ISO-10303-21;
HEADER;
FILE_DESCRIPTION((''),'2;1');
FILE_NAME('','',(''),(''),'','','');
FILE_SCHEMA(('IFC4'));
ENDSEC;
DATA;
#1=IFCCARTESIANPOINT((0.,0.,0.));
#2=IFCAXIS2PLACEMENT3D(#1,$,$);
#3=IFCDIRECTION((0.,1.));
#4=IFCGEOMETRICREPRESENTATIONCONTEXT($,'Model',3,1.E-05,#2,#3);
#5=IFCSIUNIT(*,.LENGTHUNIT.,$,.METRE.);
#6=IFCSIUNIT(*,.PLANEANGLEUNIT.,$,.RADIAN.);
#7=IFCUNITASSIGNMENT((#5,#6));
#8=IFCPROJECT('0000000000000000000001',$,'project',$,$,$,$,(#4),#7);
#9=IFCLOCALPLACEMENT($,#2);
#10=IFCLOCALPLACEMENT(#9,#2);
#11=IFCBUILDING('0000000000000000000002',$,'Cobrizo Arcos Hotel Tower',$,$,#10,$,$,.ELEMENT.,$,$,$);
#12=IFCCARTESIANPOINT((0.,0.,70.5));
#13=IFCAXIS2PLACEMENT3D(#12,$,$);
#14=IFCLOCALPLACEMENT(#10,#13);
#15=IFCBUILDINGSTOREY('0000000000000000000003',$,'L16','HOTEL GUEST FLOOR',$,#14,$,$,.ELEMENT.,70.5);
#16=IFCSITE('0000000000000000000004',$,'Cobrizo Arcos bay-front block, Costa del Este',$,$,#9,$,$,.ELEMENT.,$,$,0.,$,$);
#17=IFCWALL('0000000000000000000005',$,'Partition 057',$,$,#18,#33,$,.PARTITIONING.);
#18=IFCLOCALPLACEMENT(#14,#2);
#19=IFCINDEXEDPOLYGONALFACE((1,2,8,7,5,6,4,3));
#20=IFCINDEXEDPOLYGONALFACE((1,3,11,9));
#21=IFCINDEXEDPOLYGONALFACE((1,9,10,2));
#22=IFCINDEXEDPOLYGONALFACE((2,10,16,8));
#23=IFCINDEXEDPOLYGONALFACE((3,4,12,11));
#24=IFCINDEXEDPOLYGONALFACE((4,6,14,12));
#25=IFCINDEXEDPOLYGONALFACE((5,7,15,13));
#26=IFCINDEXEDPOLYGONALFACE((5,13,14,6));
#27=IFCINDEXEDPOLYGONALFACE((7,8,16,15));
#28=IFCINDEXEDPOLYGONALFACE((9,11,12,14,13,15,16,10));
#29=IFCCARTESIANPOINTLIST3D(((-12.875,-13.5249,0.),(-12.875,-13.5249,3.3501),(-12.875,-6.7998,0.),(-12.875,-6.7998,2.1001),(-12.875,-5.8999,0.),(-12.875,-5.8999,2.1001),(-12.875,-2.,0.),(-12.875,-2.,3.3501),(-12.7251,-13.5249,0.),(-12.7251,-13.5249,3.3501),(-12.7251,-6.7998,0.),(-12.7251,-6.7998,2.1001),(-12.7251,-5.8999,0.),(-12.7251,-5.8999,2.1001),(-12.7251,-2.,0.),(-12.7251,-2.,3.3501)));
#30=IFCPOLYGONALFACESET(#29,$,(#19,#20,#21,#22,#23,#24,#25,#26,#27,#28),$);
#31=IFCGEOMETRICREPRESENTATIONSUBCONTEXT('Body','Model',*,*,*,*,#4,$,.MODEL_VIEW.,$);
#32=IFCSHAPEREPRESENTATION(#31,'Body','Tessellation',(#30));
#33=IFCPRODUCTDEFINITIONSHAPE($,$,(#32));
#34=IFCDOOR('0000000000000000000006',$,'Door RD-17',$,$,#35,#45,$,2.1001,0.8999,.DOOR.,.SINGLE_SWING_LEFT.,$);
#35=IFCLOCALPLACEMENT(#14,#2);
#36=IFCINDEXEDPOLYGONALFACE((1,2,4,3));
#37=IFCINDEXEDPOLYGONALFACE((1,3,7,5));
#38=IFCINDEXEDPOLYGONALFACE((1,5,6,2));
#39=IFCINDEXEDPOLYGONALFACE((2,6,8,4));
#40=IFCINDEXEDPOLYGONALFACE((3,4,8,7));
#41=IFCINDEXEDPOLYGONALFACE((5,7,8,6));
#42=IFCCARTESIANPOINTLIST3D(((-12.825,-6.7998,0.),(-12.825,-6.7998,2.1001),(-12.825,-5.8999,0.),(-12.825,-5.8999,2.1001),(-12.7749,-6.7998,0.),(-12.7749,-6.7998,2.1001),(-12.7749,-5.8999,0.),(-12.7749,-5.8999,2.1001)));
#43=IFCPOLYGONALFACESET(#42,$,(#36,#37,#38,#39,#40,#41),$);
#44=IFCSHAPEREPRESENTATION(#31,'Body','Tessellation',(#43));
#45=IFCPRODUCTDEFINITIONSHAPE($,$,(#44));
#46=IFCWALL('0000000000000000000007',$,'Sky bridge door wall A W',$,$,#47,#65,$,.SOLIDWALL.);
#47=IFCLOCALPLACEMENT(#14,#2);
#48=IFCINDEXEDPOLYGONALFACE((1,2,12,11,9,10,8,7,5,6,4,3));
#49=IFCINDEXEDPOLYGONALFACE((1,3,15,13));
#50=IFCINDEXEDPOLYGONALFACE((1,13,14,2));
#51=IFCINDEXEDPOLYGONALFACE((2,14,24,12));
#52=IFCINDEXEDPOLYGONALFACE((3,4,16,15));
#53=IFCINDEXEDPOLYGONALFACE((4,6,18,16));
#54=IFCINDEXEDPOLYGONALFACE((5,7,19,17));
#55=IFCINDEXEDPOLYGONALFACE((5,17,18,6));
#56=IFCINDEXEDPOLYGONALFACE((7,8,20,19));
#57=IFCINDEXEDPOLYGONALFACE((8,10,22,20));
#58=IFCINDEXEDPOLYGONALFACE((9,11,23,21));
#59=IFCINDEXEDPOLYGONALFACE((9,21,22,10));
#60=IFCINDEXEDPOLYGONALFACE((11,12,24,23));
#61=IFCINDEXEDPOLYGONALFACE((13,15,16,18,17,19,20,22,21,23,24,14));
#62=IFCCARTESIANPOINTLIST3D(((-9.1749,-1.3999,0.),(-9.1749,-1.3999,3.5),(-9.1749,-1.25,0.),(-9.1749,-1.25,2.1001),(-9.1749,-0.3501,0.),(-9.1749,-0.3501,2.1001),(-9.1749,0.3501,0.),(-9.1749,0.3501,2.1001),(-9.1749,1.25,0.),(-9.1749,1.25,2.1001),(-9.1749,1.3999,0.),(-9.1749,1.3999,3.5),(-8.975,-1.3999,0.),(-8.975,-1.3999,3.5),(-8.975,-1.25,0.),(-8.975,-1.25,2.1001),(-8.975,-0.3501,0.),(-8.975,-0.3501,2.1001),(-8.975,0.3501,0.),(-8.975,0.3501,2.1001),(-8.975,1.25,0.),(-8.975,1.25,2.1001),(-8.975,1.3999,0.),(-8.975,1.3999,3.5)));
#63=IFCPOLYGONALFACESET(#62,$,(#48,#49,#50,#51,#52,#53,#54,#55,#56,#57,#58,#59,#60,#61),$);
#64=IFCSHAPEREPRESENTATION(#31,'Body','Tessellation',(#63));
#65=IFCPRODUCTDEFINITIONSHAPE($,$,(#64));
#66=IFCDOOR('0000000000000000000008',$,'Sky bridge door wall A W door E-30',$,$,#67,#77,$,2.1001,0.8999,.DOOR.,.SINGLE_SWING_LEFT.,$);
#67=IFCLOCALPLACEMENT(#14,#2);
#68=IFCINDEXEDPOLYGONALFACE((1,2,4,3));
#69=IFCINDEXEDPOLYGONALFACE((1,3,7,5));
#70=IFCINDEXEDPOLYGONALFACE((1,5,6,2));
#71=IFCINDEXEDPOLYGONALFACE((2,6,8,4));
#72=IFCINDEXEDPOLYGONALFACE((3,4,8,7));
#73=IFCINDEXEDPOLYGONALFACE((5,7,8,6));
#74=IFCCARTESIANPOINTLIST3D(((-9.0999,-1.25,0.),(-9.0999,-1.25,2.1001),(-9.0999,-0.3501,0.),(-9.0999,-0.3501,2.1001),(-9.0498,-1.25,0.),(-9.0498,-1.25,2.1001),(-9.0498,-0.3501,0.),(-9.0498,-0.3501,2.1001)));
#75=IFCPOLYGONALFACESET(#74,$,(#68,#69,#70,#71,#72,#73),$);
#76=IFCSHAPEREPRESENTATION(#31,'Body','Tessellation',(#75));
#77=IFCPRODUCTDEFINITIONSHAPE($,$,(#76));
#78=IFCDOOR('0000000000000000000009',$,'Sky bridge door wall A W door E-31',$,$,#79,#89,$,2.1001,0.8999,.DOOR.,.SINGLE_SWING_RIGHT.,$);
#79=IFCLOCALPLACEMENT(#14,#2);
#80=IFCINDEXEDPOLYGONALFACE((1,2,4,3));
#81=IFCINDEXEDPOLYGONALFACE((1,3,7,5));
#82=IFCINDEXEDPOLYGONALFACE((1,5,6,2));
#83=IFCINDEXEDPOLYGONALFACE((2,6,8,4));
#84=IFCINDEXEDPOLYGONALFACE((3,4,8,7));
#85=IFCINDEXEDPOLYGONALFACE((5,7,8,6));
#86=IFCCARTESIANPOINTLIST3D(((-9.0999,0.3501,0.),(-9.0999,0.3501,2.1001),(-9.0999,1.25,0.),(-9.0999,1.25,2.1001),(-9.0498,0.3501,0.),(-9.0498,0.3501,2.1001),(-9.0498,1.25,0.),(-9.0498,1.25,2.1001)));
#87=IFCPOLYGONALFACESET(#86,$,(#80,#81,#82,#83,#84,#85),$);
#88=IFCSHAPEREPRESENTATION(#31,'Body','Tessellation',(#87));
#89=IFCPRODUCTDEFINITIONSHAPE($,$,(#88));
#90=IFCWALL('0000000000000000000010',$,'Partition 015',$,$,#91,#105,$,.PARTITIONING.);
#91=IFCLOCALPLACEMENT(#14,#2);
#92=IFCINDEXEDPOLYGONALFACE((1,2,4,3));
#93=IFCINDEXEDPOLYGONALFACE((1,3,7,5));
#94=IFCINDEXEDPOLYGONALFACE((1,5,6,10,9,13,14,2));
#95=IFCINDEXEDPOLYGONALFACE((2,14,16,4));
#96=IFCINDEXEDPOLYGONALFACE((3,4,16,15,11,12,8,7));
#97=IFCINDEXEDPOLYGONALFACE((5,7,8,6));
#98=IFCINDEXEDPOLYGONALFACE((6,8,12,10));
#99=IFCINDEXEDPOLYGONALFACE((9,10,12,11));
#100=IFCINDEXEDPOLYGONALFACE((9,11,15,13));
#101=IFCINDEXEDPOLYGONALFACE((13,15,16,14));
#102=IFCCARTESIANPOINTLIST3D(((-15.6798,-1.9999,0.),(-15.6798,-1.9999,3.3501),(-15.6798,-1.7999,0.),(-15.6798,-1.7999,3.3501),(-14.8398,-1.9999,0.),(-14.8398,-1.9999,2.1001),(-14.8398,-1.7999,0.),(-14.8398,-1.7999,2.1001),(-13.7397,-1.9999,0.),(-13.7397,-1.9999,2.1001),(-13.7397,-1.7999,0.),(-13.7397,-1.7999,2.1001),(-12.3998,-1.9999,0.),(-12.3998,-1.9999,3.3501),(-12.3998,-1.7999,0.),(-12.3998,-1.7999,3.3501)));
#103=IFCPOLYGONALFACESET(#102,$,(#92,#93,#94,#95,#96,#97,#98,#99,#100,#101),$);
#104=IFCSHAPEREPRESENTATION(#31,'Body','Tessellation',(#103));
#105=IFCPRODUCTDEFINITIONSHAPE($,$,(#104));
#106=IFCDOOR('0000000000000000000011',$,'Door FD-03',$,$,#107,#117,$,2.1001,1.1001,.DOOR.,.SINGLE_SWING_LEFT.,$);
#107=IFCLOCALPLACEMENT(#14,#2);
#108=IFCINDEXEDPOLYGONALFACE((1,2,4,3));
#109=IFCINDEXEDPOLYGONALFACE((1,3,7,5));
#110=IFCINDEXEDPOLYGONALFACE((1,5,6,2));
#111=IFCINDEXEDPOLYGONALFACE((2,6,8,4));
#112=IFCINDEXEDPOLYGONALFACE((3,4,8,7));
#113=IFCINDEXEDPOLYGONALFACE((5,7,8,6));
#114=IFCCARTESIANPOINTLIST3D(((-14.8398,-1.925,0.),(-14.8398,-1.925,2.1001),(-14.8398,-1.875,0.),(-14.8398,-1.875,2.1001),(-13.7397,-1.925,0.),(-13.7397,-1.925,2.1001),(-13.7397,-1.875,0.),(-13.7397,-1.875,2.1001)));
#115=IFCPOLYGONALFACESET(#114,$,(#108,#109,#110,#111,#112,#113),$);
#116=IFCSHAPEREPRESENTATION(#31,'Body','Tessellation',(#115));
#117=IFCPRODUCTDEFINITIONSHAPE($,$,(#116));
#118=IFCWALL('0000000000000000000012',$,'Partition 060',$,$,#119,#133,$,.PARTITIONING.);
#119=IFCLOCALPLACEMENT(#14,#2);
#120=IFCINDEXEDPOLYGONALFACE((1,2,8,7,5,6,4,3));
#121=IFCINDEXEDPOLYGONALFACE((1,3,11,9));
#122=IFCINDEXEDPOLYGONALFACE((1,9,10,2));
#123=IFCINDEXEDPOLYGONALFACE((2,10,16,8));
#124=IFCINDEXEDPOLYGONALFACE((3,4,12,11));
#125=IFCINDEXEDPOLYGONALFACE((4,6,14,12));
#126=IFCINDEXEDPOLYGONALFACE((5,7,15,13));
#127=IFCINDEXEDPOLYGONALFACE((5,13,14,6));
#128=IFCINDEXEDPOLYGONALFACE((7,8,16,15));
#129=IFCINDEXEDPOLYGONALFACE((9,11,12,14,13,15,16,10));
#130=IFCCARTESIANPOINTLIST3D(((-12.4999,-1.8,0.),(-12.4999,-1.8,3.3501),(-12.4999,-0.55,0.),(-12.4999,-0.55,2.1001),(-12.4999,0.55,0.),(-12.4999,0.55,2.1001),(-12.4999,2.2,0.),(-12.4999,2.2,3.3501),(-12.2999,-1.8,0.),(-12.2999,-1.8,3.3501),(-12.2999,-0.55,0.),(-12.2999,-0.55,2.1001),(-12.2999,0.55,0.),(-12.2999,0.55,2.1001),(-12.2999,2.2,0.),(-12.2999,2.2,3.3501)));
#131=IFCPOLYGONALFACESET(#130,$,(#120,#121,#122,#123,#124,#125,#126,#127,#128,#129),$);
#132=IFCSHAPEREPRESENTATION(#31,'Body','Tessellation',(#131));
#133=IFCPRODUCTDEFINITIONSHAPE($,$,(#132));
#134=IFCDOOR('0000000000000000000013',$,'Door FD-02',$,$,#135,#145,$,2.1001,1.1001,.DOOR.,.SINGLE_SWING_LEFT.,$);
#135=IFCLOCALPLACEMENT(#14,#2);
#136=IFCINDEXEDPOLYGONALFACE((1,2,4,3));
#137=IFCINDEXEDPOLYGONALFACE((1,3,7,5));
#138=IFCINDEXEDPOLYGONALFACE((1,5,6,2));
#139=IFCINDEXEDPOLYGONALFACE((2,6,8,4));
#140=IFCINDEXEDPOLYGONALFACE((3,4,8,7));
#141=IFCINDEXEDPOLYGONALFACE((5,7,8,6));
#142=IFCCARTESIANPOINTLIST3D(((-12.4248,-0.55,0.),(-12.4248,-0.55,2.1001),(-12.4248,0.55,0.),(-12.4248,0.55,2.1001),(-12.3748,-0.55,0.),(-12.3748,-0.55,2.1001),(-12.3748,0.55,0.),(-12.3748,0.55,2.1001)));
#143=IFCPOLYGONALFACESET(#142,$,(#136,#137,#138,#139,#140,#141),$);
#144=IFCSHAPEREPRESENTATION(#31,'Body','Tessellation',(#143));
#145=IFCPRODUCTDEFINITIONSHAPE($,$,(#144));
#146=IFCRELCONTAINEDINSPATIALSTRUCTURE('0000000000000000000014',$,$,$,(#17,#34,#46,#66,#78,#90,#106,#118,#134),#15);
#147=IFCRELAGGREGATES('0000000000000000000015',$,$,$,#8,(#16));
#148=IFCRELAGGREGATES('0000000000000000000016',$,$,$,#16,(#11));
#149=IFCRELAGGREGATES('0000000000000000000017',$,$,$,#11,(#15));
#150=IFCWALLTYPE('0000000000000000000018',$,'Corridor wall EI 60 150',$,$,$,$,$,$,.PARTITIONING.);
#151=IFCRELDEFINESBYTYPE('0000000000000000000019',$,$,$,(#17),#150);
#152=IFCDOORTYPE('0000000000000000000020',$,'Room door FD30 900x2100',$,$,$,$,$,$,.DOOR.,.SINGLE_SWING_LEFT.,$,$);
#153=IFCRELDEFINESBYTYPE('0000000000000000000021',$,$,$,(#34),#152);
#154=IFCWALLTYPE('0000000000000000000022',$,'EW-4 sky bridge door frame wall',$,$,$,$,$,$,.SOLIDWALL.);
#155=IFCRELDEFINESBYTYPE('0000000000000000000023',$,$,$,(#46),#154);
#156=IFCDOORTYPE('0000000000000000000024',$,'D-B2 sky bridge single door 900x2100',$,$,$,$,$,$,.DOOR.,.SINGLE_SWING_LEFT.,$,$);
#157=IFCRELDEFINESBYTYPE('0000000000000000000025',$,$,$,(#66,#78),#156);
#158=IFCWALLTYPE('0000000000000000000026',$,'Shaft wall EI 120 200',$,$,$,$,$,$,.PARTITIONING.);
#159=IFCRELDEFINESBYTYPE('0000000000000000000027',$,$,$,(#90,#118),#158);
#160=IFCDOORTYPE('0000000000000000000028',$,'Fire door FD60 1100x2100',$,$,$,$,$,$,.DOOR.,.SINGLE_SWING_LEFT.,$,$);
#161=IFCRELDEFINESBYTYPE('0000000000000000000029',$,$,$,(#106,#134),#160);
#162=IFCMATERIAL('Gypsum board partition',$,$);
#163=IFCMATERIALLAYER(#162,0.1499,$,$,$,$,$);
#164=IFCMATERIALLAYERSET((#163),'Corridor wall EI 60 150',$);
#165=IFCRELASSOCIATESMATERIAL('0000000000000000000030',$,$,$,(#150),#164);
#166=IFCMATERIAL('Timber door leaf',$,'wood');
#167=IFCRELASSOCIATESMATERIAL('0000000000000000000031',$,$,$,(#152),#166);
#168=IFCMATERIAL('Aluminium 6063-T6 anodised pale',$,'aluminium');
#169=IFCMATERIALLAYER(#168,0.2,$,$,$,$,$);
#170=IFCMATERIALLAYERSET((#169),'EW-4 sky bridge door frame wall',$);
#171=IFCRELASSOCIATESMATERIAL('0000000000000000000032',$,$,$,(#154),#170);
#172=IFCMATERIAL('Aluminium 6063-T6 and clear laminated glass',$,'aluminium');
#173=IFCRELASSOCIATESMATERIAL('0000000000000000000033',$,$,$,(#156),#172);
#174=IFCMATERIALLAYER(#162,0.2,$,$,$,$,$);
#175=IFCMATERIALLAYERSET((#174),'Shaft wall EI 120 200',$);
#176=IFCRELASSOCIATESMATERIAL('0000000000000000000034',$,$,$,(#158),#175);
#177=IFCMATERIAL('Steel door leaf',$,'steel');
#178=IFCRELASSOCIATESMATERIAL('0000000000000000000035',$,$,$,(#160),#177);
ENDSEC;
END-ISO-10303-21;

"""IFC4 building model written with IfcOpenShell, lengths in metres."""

from ifc_helpers import new_model, si_unit, direction, frame, frame_2d, origin, place, context, subcontext, project, spatial, rectangle, extrude, material, layer, layer_set, type_object, element, fill, save


model = new_model("IFC4")

# Units and contexts
model_context = context("Model", 3, precision=1e-05, world=origin(), true_north=direction((0.0, 1.0)))
body_context = subcontext(model_context, "Body", "Model", "MODEL_VIEW")
ifc_project = project(units=[si_unit("LENGTHUNIT", "METRE"), si_unit("PLANEANGLEUNIT", "RADIAN")], contexts=[model_context])

# Site, building, storey
site_placement = place(None, origin())
site = spatial("IfcSite", under=ifc_project, at=site_placement, Name="Cobrizo Arcos bay-front block, Costa del Este", CompositionType="ELEMENT", RefElevation=0.0)
building_placement = place(site_placement, origin())
building = spatial("IfcBuilding", under=site, at=building_placement, Name="Cobrizo Arcos Hotel Tower", CompositionType="ELEMENT")
storey_placement = place(building_placement, frame((0.0, 0.0, 70.5)))
storey = spatial("IfcBuildingStorey", under=building, at=storey_placement, Name="L16", Description="HOTEL GUEST FLOOR", CompositionType="ELEMENT", Elevation=70.5)

# Shared definitions
ifc_material_1 = material(Name="Gypsum board partition")
ifc_layer_1 = layer(ifc_material_1, 0.1499)
ifc_layer_set_1 = layer_set([ifc_layer_1], Name="Corridor wall EI 60 150")
wall_type_1 = type_object("IfcWallType", Name="Corridor wall EI 60 150", PredefinedType="PARTITIONING", material=ifc_layer_set_1)

# Wall, opening, door
wall_1_placement = place(storey_placement, frame((-12.8, -13.5249, 0.0), z_axis=(0.0, 0.0, 1.0), x_axis=(0.0, 1.0, 0.0)))
wall_1 = element("IfcWall", 1, at=wall_1_placement, inside=storey, type_object=wall_type_1, Name="Partition 057", PredefinedType="PARTITIONING", context=body_context, shape_type="SweptSolid", body=[
    extrude(rectangle(XDim=11.5249, YDim=0.1499, at=frame_2d((5.7625, 0.0))), origin(), (0.0, 0.0, 1.0), 3.3501),
])
opening_1_placement = place(wall_1_placement, frame((6.7251, 0.0, 0.0)))
opening_1 = element("IfcOpeningElement", 2, at=opening_1_placement, cuts=wall_1, PredefinedType="OPENING", context=body_context, shape_type="SweptSolid", body=[
    extrude(rectangle(XDim=0.8999, YDim=2.1001, at=frame_2d((0.45, 1.05))), frame((0.0, 0.0869, 0.0), z_axis=(0.0, -1.0, 0.0), x_axis=(1.0, 0.0, 0.0)), (0.0, 0.0, 1.0), 0.1738),
])
ifc_material_2 = material(Name="Timber door leaf", Category="wood")
door_type_1 = type_object("IfcDoorType", Name="Room door FD30 900x2100", OperationType="SINGLE_SWING_LEFT", PredefinedType="DOOR", material=ifc_material_2)
door_1_placement = place(opening_1_placement, origin())
door_1 = element("IfcDoor", 3, at=door_1_placement, inside=storey, type_object=door_type_1, Name="Door RD-17", OperationType="SINGLE_SWING_LEFT", OverallHeight=2.1001, OverallWidth=0.8999, PredefinedType="DOOR", context=body_context, shape_type="SweptSolid", body=[
    extrude(rectangle(XDim=0.8999, YDim=2.1001, at=frame_2d((0.45, 1.05))), frame((0.0, 0.0249, 0.0), z_axis=(0.0, -1.0, 0.0), x_axis=(1.0, 0.0, 0.0)), (0.0, 0.0, 1.0), 0.05),
])
fill(opening_1, door_1)

# Wall, openings, doors
ifc_material_3 = material(Name="Aluminium 6063-T6 anodised pale", Category="aluminium")
ifc_layer_2 = layer(ifc_material_3, 0.2)
ifc_layer_set_2 = layer_set([ifc_layer_2], Name="EW-4 sky bridge door frame wall")
wall_type_2 = type_object("IfcWallType", Name="EW-4 sky bridge door frame wall", PredefinedType="SOLIDWALL", material=ifc_layer_set_2)
wall_2_placement = place(storey_placement, frame((-9.075, -1.3999, 0.0), z_axis=(0.0, 0.0, 1.0), x_axis=(0.0, 1.0, 0.0)))
wall_2 = element("IfcWall", 4, at=wall_2_placement, inside=storey, type_object=wall_type_2, Name="Sky bridge door wall A W", PredefinedType="SOLIDWALL", context=body_context, shape_type="SweptSolid", body=[
    extrude(rectangle(XDim=2.7998, YDim=0.2, at=frame_2d((1.3999, 0.0))), origin(), (0.0, 0.0, 1.0), 3.5),
])
opening_2_placement = place(wall_2_placement, frame((0.1499, 0.0, 0.0)))
opening_2 = element("IfcOpeningElement", 5, at=opening_2_placement, cuts=wall_2, PredefinedType="OPENING", context=body_context, shape_type="SweptSolid", body=[
    extrude(rectangle(XDim=0.8999, YDim=2.1001, at=frame_2d((0.45, 1.05))), frame((0.0, 0.1121, 0.0), z_axis=(0.0, -1.0, 0.0), x_axis=(1.0, 0.0, 0.0)), (0.0, 0.0, 1.0), 0.2239),
])
opening_3_placement = place(wall_2_placement, frame((1.75, 0.0, 0.0)))
opening_3 = element("IfcOpeningElement", 6, at=opening_3_placement, cuts=wall_2, PredefinedType="OPENING", context=body_context, shape_type="SweptSolid", body=[
    extrude(rectangle(XDim=0.8999, YDim=2.1001, at=frame_2d((0.45, 1.05))), frame((0.0, 0.1121, 0.0), z_axis=(0.0, -1.0, 0.0), x_axis=(1.0, 0.0, 0.0)), (0.0, 0.0, 1.0), 0.2239),
])
ifc_material_4 = material(Name="Aluminium 6063-T6 and clear laminated glass", Category="aluminium")
door_type_2 = type_object("IfcDoorType", Name="D-B2 sky bridge single door 900x2100", OperationType="SINGLE_SWING_LEFT", PredefinedType="DOOR", material=ifc_material_4)
door_2_placement = place(opening_2_placement, origin())
door_2 = element("IfcDoor", 7, at=door_2_placement, inside=storey, type_object=door_type_2, Name="Sky bridge door wall A W door E-30", OperationType="SINGLE_SWING_LEFT", OverallHeight=2.1001, OverallWidth=0.8999, PredefinedType="DOOR", context=body_context, shape_type="SweptSolid", body=[
    extrude(rectangle(XDim=0.8999, YDim=2.1001, at=frame_2d((0.45, 1.05))), frame((0.0, 0.0249, 0.0), z_axis=(0.0, -1.0, 0.0), x_axis=(1.0, 0.0, 0.0)), (0.0, 0.0, 1.0), 0.05),
])
fill(opening_2, door_2)
door_3_placement = place(opening_3_placement, origin())
door_3 = element("IfcDoor", 8, at=door_3_placement, inside=storey, type_object=door_type_2, Name="Sky bridge door wall A W door E-31", OperationType="SINGLE_SWING_RIGHT", OverallHeight=2.1001, OverallWidth=0.8999, PredefinedType="DOOR", context=body_context, shape_type="SweptSolid", body=[
    extrude(rectangle(XDim=0.8999, YDim=2.1001, at=frame_2d((0.45, 1.05))), frame((0.0, 0.0249, 0.0), z_axis=(0.0, -1.0, 0.0), x_axis=(1.0, 0.0, 0.0)), (0.0, 0.0, 1.0), 0.05),
])
fill(opening_3, door_3)

# Walls, openings, doors
ifc_layer_3 = layer(ifc_material_1, 0.2)
ifc_layer_set_3 = layer_set([ifc_layer_3], Name="Shaft wall EI 120 200")
wall_type_3 = type_object("IfcWallType", Name="Shaft wall EI 120 200", PredefinedType="PARTITIONING", material=ifc_layer_set_3)
wall_3_placement = place(storey_placement, frame((-15.6799, -1.8999, 0.0), z_axis=(0.0, 0.0, 1.0), x_axis=(1.0, 0.0, 0.0)))
wall_3 = element("IfcWall", 9, at=wall_3_placement, inside=storey, type_object=wall_type_3, Name="Partition 015", PredefinedType="PARTITIONING", context=body_context, shape_type="SweptSolid", body=[
    extrude(rectangle(XDim=3.28, YDim=0.2, at=frame_2d((1.6401, 0.0))), origin(), (0.0, 0.0, 1.0), 3.3501),
])
opening_4_placement = place(wall_3_placement, frame((0.8401, 0.0, 0.0)))
opening_4 = element("IfcOpeningElement", 10, at=opening_4_placement, cuts=wall_3, PredefinedType="OPENING", context=body_context, shape_type="SweptSolid", body=[
    extrude(rectangle(XDim=1.1001, YDim=2.1001, at=frame_2d((0.55, 1.05))), frame((0.0, 0.1121, 0.0), z_axis=(0.0, -1.0, 0.0), x_axis=(1.0, 0.0, 0.0)), (0.0, 0.0, 1.0), 0.2239),
])
ifc_material_5 = material(Name="Steel door leaf", Category="steel")
door_type_3 = type_object("IfcDoorType", Name="Fire door FD60 1100x2100", OperationType="SINGLE_SWING_LEFT", PredefinedType="DOOR", material=ifc_material_5)
door_4_placement = place(opening_4_placement, origin())
door_4 = element("IfcDoor", 11, at=door_4_placement, inside=storey, type_object=door_type_3, Name="Door FD-03", OperationType="SINGLE_SWING_LEFT", OverallHeight=2.1001, OverallWidth=1.1001, PredefinedType="DOOR", context=body_context, shape_type="SweptSolid", body=[
    extrude(rectangle(XDim=1.1001, YDim=2.1001, at=frame_2d((0.55, 1.05))), frame((0.0, 0.0249, 0.0), z_axis=(0.0, -1.0, 0.0), x_axis=(1.0, 0.0, 0.0)), (0.0, 0.0, 1.0), 0.05),
])
fill(opening_4, door_4)
wall_4_placement = place(storey_placement, frame((-12.3999, -1.8, 0.0), z_axis=(0.0, 0.0, 1.0), x_axis=(0.0, 1.0, 0.0)))
wall_4 = element("IfcWall", 12, at=wall_4_placement, inside=storey, type_object=wall_type_3, Name="Partition 060", PredefinedType="PARTITIONING", context=body_context, shape_type="SweptSolid", body=[
    extrude(rectangle(XDim=4.0, YDim=0.2, at=frame_2d((2.0, 0.0))), origin(), (0.0, 0.0, 1.0), 3.3501),
])
opening_5_placement = place(wall_4_placement, frame((1.25, 0.0, 0.0)))
opening_5 = element("IfcOpeningElement", 13, at=opening_5_placement, cuts=wall_4, PredefinedType="OPENING", context=body_context, shape_type="SweptSolid", body=[
    extrude(rectangle(XDim=1.1001, YDim=2.1001, at=frame_2d((0.55, 1.05))), frame((0.0, 0.1121, 0.0), z_axis=(0.0, -1.0, 0.0), x_axis=(1.0, 0.0, 0.0)), (0.0, 0.0, 1.0), 0.2239),
])
door_5_placement = place(opening_5_placement, origin())
door_5 = element("IfcDoor", 14, at=door_5_placement, inside=storey, type_object=door_type_3, Name="Door FD-02", OperationType="SINGLE_SWING_LEFT", OverallHeight=2.1001, OverallWidth=1.1001, PredefinedType="DOOR", context=body_context, shape_type="SweptSolid", body=[
    extrude(rectangle(XDim=1.1001, YDim=2.1001, at=frame_2d((0.55, 1.05))), frame((0.0, 0.0249, 0.0), z_axis=(0.0, -1.0, 0.0), x_axis=(1.0, 0.0, 0.0)), (0.0, 0.0, 1.0), 0.05),
])
fill(opening_5, door_5)

save(model, "model.ifc")
